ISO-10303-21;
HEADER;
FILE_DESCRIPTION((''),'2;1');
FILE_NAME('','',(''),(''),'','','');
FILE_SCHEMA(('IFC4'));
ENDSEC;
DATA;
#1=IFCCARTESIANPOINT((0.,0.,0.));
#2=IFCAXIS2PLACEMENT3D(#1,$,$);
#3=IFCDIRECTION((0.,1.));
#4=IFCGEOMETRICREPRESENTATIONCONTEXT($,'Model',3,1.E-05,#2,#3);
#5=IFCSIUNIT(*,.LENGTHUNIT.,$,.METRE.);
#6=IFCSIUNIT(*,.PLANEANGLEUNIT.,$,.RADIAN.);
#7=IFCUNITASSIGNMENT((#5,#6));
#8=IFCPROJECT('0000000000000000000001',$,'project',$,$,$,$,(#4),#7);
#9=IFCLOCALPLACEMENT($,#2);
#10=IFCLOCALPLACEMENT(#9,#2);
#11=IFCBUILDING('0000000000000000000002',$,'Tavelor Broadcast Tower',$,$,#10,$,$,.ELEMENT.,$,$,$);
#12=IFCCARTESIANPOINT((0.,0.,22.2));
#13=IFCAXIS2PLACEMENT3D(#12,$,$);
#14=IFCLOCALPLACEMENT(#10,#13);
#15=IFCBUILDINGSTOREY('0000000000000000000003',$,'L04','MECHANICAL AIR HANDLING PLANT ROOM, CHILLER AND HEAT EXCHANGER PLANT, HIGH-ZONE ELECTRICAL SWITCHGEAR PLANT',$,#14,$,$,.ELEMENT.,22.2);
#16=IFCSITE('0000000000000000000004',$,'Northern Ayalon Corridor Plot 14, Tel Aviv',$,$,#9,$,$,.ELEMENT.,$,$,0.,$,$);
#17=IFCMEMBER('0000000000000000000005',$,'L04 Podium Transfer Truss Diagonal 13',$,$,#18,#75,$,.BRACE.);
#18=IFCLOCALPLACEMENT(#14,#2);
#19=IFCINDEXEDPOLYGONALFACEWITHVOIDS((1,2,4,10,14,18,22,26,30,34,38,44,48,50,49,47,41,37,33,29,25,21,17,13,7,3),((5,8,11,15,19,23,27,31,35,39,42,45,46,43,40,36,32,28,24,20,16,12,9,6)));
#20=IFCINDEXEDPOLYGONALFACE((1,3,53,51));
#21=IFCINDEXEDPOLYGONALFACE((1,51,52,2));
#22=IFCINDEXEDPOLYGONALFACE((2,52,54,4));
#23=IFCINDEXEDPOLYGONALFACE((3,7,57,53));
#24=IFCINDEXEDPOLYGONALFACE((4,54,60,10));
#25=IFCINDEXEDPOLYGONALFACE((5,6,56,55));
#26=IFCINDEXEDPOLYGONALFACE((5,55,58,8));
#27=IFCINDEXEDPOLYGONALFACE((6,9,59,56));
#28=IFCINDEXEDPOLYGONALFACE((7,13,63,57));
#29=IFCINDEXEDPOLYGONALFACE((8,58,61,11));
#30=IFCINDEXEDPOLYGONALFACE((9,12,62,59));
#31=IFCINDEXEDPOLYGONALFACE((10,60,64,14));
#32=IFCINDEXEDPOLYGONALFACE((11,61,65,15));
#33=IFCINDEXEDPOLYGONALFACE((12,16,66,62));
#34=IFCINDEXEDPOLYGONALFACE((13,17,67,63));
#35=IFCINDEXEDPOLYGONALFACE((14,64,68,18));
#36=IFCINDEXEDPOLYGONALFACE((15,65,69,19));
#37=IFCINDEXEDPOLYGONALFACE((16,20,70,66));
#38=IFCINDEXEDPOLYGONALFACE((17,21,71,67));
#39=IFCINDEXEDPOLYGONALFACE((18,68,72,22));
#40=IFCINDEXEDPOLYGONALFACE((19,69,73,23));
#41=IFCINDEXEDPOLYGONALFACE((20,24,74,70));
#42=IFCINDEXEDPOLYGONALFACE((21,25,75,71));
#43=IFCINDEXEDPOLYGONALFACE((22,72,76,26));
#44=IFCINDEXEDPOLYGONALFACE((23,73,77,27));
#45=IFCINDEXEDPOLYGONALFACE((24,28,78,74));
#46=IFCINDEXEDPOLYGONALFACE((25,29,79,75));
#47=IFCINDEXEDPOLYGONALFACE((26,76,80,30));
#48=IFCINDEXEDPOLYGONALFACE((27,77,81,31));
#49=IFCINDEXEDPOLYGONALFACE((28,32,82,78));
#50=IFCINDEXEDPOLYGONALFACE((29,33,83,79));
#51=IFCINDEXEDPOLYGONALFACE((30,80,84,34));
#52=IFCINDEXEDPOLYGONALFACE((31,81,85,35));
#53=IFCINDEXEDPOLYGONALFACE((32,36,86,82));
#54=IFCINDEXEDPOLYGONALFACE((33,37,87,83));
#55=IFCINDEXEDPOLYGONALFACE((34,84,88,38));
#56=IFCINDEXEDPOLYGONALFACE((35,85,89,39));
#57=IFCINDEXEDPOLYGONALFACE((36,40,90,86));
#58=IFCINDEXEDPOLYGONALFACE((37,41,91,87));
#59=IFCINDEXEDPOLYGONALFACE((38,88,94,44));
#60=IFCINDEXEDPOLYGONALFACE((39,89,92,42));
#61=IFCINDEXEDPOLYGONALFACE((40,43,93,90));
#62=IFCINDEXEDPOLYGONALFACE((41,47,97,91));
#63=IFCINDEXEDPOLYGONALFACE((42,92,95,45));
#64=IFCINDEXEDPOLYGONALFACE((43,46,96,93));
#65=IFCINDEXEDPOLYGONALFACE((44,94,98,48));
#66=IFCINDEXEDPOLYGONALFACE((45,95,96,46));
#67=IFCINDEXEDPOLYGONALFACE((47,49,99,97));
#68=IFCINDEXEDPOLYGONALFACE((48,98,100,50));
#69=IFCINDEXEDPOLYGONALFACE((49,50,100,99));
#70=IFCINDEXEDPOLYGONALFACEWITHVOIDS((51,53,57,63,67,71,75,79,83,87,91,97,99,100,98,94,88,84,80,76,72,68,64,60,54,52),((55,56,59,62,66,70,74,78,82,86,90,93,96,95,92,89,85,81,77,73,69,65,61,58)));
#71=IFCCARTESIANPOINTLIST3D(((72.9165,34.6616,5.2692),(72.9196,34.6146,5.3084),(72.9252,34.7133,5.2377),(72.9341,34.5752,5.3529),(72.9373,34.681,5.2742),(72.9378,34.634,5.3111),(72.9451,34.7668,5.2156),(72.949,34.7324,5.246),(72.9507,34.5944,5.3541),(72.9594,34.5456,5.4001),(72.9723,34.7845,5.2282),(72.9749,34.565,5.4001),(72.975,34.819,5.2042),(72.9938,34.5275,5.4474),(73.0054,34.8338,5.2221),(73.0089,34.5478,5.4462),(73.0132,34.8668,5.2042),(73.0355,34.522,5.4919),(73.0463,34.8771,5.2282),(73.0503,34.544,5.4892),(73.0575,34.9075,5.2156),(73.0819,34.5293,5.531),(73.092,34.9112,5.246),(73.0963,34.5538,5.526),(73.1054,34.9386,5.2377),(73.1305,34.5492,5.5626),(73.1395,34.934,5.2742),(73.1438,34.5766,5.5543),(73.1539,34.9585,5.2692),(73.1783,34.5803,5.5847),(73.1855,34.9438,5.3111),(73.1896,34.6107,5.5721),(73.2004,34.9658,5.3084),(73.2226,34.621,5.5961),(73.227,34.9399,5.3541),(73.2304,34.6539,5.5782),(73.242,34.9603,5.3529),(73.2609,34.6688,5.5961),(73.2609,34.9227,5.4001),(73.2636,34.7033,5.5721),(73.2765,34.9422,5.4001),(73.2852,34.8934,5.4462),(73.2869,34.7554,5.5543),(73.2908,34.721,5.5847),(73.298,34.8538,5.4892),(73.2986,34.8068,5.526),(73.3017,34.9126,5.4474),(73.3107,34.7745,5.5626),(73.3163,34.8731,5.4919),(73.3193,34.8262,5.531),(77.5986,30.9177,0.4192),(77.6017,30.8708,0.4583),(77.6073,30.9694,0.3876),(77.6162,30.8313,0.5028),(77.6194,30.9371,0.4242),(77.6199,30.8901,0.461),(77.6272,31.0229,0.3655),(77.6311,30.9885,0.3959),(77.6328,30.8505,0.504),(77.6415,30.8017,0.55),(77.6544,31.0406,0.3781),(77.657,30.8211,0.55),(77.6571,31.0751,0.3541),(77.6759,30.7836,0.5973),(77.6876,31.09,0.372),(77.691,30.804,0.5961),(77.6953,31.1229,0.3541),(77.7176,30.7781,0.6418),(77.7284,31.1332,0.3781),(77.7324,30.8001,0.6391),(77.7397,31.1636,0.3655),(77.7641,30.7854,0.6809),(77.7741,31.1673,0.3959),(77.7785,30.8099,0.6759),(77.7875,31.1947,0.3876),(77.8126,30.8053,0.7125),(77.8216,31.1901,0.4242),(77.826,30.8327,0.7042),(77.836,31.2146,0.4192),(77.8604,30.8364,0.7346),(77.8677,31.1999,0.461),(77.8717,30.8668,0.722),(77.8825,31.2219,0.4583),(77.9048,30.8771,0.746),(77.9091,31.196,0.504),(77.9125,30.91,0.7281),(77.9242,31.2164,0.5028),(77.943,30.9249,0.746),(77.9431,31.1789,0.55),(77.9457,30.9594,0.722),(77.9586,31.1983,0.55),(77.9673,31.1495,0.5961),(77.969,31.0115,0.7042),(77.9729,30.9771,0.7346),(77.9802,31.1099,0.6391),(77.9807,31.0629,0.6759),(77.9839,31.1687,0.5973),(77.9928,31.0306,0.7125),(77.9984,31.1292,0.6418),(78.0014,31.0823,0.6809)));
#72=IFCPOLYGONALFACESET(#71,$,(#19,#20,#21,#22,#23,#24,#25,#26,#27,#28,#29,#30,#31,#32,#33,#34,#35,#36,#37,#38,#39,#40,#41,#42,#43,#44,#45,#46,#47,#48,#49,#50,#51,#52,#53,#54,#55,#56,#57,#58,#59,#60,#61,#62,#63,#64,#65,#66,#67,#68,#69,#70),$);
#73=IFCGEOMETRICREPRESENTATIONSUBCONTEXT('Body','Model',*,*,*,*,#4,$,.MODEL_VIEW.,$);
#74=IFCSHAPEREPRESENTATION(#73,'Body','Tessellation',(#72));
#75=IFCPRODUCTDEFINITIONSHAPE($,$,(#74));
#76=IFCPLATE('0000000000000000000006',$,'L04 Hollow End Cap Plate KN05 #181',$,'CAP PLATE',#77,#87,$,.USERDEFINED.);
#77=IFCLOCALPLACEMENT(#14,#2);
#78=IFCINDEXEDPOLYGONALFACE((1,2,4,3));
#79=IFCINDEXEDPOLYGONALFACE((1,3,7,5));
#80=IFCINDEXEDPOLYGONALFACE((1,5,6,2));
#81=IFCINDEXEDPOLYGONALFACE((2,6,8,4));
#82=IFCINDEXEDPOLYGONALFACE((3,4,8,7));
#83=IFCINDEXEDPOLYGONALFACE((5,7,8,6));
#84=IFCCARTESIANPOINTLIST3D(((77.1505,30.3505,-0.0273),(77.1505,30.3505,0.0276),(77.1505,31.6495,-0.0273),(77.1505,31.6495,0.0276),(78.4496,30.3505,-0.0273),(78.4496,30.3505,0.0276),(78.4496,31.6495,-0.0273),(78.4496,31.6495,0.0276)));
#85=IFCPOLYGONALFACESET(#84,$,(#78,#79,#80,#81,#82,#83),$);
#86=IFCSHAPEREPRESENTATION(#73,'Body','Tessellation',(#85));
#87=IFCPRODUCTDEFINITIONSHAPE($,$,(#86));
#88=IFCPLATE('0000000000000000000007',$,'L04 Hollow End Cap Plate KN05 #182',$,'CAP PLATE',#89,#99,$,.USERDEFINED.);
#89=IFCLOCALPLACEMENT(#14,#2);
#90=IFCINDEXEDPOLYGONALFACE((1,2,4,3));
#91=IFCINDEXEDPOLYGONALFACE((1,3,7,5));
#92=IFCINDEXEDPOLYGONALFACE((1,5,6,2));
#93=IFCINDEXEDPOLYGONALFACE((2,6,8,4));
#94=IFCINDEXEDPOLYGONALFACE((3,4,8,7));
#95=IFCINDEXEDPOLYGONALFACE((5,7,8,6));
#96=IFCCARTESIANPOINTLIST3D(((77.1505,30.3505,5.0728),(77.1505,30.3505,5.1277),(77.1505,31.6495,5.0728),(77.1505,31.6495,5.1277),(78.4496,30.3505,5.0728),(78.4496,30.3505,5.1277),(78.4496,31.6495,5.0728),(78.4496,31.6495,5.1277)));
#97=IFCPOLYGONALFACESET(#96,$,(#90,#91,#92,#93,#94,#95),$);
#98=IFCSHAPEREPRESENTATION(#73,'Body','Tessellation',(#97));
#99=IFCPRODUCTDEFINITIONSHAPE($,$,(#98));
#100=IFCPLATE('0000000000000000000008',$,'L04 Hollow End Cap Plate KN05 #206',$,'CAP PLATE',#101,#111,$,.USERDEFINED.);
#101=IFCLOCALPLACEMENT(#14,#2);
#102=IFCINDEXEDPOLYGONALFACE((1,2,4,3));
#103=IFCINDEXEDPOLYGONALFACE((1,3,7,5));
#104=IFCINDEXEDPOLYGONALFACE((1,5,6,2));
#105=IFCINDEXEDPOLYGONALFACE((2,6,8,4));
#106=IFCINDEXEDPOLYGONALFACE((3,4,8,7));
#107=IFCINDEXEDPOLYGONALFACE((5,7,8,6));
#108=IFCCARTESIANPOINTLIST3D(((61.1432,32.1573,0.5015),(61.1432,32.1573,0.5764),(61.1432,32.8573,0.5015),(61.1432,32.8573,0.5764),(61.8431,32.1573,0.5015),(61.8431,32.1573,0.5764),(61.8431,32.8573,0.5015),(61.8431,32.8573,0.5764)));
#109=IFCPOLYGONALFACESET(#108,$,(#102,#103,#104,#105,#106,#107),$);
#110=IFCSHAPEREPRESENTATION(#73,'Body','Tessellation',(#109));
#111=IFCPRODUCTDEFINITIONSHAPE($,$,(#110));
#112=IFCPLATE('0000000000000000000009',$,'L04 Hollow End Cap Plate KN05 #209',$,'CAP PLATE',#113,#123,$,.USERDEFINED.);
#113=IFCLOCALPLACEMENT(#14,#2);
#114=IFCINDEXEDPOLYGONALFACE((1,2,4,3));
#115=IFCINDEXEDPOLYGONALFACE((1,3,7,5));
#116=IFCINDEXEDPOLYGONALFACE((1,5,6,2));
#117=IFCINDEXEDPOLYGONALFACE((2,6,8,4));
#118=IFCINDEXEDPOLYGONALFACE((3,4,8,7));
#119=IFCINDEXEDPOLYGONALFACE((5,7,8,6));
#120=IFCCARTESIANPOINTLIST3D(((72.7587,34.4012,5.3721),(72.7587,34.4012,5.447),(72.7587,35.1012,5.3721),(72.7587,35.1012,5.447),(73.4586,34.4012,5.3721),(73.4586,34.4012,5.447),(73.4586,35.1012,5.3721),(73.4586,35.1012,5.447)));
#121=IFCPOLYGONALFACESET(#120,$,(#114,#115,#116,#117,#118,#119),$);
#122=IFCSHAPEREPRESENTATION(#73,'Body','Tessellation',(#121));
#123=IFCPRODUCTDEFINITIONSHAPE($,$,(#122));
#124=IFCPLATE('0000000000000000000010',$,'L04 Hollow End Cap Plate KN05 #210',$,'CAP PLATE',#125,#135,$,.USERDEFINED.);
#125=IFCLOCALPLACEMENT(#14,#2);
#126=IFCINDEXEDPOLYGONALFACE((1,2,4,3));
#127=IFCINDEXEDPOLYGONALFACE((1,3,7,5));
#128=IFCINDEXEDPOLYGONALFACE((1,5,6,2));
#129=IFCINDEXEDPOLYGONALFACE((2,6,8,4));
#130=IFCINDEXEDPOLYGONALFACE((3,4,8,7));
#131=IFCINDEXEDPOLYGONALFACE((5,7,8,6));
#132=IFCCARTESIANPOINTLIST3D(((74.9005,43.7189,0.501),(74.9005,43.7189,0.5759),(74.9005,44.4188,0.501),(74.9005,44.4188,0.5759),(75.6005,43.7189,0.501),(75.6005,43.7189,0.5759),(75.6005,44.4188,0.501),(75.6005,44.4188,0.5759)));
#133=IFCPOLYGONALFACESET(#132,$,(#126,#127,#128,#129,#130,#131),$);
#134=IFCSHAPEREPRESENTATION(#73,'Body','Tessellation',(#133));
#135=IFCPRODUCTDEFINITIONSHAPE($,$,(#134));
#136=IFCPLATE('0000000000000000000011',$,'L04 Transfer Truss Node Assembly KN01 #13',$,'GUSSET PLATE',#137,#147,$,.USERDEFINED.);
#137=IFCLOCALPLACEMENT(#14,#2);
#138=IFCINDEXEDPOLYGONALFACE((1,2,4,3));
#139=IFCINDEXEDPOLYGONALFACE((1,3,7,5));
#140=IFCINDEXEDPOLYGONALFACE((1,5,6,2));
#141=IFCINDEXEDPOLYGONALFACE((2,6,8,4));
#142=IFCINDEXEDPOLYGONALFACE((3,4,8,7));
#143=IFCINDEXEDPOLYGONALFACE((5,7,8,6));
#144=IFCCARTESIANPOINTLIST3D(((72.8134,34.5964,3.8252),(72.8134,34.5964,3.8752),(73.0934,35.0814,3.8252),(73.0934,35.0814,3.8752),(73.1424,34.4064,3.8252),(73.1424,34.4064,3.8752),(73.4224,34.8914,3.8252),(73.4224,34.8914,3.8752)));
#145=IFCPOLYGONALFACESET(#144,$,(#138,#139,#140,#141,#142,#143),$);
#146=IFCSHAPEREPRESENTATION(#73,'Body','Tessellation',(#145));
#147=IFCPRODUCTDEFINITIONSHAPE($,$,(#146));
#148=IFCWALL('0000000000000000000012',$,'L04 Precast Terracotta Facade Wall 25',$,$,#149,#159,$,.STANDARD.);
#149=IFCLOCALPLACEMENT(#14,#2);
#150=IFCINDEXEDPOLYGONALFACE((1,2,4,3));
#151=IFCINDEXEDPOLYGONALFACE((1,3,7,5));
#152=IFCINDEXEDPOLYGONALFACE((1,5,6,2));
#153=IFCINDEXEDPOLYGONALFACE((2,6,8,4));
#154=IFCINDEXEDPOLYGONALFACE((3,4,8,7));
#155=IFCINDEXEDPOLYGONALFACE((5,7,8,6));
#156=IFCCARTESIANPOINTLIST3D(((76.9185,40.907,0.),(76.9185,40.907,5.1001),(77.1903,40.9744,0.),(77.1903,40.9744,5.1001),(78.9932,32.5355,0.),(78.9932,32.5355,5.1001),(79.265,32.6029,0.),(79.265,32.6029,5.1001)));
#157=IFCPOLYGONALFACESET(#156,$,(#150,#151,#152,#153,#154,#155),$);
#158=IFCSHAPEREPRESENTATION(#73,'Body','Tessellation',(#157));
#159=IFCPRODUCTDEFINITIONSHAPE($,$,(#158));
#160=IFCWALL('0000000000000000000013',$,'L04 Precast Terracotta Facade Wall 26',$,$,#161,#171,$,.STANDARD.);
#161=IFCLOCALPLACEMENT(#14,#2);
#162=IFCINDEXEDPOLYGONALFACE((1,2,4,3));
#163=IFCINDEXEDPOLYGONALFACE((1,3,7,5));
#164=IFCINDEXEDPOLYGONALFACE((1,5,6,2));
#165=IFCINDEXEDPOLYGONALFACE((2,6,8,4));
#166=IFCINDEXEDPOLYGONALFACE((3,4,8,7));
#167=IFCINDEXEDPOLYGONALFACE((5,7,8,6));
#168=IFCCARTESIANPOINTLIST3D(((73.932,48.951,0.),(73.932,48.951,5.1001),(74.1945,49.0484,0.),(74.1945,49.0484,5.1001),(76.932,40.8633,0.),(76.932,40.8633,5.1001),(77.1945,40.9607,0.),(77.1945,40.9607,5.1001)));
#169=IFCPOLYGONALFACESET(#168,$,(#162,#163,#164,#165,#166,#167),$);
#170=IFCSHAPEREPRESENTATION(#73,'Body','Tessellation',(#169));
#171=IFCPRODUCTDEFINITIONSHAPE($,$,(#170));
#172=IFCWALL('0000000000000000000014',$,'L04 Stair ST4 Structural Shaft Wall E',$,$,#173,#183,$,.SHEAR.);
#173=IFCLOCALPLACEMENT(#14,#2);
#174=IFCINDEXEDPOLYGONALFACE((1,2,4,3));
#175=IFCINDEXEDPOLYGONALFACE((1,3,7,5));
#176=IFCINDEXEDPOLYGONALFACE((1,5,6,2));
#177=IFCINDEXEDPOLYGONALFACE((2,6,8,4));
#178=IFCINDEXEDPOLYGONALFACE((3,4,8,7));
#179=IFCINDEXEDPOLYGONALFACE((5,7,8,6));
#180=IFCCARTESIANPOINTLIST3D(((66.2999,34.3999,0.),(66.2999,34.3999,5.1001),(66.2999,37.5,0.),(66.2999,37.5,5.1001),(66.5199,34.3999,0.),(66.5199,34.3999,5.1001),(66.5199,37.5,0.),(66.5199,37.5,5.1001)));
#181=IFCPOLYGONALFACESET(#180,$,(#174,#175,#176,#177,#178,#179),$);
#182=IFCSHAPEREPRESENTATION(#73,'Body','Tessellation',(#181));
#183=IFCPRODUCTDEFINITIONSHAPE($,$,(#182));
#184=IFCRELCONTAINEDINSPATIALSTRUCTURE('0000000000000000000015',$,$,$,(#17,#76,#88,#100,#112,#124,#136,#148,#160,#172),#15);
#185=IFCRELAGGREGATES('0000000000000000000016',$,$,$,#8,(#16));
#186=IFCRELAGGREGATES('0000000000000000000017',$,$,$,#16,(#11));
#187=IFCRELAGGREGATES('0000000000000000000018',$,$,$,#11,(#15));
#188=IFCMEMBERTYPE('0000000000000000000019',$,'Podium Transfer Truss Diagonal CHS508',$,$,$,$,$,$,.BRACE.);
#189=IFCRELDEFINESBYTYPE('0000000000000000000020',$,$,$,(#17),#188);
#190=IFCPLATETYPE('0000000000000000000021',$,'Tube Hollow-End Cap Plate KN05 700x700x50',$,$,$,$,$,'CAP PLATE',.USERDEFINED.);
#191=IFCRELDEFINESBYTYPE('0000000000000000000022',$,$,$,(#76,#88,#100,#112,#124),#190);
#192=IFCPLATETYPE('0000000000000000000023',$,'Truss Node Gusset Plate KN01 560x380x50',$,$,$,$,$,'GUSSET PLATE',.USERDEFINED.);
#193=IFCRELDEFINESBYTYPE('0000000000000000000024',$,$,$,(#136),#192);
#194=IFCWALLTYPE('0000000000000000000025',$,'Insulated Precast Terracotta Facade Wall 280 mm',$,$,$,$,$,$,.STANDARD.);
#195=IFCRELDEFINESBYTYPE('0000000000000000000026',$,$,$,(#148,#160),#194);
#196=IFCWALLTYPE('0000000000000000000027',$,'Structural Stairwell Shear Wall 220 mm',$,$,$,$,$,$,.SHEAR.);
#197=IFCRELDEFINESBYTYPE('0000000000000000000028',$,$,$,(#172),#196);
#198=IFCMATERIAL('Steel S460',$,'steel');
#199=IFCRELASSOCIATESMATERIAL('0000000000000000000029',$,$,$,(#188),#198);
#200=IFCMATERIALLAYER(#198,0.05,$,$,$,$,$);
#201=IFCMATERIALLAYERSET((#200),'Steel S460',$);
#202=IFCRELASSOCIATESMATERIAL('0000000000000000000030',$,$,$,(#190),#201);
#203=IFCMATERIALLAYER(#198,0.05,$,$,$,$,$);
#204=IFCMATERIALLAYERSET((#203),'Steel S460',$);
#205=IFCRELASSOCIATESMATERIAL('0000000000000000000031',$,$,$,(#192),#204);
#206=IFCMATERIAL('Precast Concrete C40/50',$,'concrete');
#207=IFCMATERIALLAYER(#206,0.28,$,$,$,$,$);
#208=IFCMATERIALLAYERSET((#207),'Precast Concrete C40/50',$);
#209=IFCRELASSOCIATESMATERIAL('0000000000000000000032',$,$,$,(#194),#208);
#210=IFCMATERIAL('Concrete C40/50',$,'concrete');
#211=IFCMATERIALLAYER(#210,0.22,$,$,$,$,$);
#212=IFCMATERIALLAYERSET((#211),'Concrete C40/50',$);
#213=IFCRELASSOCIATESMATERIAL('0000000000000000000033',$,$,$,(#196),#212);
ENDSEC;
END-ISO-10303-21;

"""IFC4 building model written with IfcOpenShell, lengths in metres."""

from ifc_helpers import new_model, si_unit, direction, frame, frame_2d, origin, origin_2d, place, context, subcontext, project, spatial, rectangle, hollow_circle, extrude, source, transform, mapped, material, layer, layer_set, material_profile, profile_set, type_object, type_shapes, element, save


model = new_model("IFC4")

# Units and contexts
model_context = context("Model", 3, precision=1e-05, world=origin(), true_north=direction((0.0, 1.0)))
body_context = subcontext(model_context, "Body", "Model", "MODEL_VIEW")
ifc_project = project(units=[si_unit("LENGTHUNIT", "METRE"), si_unit("PLANEANGLEUNIT", "RADIAN")], contexts=[model_context])

# Site, building, storey
site_placement = place(None, origin())
site = spatial("IfcSite", under=ifc_project, at=site_placement, Name="Northern Ayalon Corridor Plot 14, Tel Aviv", CompositionType="ELEMENT", RefElevation=0.0)
building_placement = place(site_placement, origin())
building = spatial("IfcBuilding", under=site, at=building_placement, Name="Tavelor Broadcast Tower", CompositionType="ELEMENT")
storey_placement = place(building_placement, frame((0.0, 0.0, 22.2)))
storey = spatial("IfcBuildingStorey", under=building, at=storey_placement, Name="L04", Description="MECHANICAL AIR HANDLING PLANT ROOM, CHILLER AND HEAT EXCHANGER PLANT, HIGH-ZONE ELECTRICAL SWITCHGEAR PLANT", CompositionType="ELEMENT", Elevation=22.2)

# Shared definitions
ifc_material_1 = material(Name="Steel S460", Category="steel")

# Member
ifc_material_profile_1 = material_profile(ifc_material_1, hollow_circle(Radius=0.2539, WallThickness=0.0249, at=origin_2d()), Name="CHS 508x25")
ifc_profile_set_1 = profile_set([ifc_material_profile_1], Name="Steel S460")
member_type = type_object("IfcMemberType", Name="Podium Transfer Truss Diagonal CHS508", PredefinedType="BRACE", material=ifc_profile_set_1)
member_1_placement = place(storey_placement, frame((77.8, 31.0, 0.55), z_axis=(-0.607186, 0.485514, 0.628968), x_axis=(-0.624511, -0.781016, 0.0)))
element("IfcMember", 1, at=member_1_placement, inside=storey, type_object=member_type, Name="L04 Podium Transfer Truss Diagonal 13", PredefinedType="BRACE", context=body_context, shape_type="SweptSolid", body=[
    extrude(hollow_circle(Radius=0.2539, WallThickness=0.0249, at=origin_2d()), origin(), (0.0, 0.0, 1.0), 7.7112),
])

# Plates
ifc_layer_1 = layer(ifc_material_1, 0.05)
ifc_layer_set_1 = layer_set([ifc_layer_1], Name="Steel S460")
plate_type_1 = type_object("IfcPlateType", Name="Tube Hollow-End Cap Plate KN05 700x700x50", ElementType="CAP PLATE", PredefinedType="USERDEFINED", material=ifc_layer_set_1)
shared_shape_1 = source(origin(), body_context, "Body", "SweptSolid", [
    extrude(rectangle(XDim=1.2991, YDim=1.2991, at=origin_2d()), origin(), (0.0, 0.0, 1.0), 0.0549),
])
for number, where, z_axis, x_axis, name in (
    (2, (77.8, 31.0, -0.0273), (0.0, 0.0, 1.0), (1.0, 0.0, 0.0), "L04 Hollow End Cap Plate KN05 #181"),
    (3, (77.8, 31.0, 5.0728), (0.0, 0.0, 1.0), (1.0, 0.0, 0.0), "L04 Hollow End Cap Plate KN05 #182"),
):
    element("IfcPlate", number, at=place(storey_placement, frame(where, z_axis=z_axis, x_axis=x_axis)), inside=storey, type_object=plate_type_1, Name=name, ObjectType="CAP PLATE", PredefinedType="USERDEFINED", context=body_context, shape_type="MappedRepresentation", body=[
        mapped(shared_shape_1, transform((0.0, 0.0, 0.0), scale=1.0)),
    ])
shared_shape_2 = source(origin(), body_context, "Body", "SweptSolid", [
    extrude(rectangle(XDim=0.7, YDim=0.7, at=origin_2d()), origin(), (0.0, 0.0, 1.0), 0.075),
])
type_shapes(plate_type_1, [shared_shape_1, shared_shape_2])
for number, where, z_axis, x_axis, name in (
    (4, (61.4932, 32.5073, 0.5015), (0.0, 0.0, 1.0), (1.0, 0.0, 0.0), "L04 Hollow End Cap Plate KN05 #206"),
    (5, (73.1086, 34.7512, 5.3721), (0.0, 0.0, 1.0), (1.0, 0.0, 0.0), "L04 Hollow End Cap Plate KN05 #209"),
    (6, (75.2505, 44.0688, 0.501), (0.0, 0.0, 1.0), (1.0, 0.0, 0.0), "L04 Hollow End Cap Plate KN05 #210"),
):
    element("IfcPlate", number, at=place(storey_placement, frame(where, z_axis=z_axis, x_axis=x_axis)), inside=storey, type_object=plate_type_1, Name=name, ObjectType="CAP PLATE", PredefinedType="USERDEFINED", context=body_context, shape_type="MappedRepresentation", body=[
        mapped(shared_shape_2, transform((0.0, 0.0, 0.0), scale=1.0)),
    ])
ifc_layer_2 = layer(ifc_material_1, 0.05)
ifc_layer_set_2 = layer_set([ifc_layer_2], Name="Steel S460")
plate_type_2 = type_object("IfcPlateType", Name="Truss Node Gusset Plate KN01 560x380x50", ElementType="GUSSET PLATE", PredefinedType="USERDEFINED", material=ifc_layer_set_2)
shared_shape_3 = source(origin(), body_context, "Body", "SweptSolid", [
    extrude(rectangle(XDim=0.5601, YDim=0.3799, at=origin_2d()), origin(), (0.0, 0.0, 1.0), 0.05),
])
type_shapes(plate_type_2, [shared_shape_3])
plate_placement = place(storey_placement, frame((73.1179, 34.7439, 3.8252), z_axis=(0.0, 0.0, 1.0), x_axis=(-0.5, -0.866025, 0.0)))
element("IfcPlate", 7, at=plate_placement, inside=storey, type_object=plate_type_2, Name="L04 Transfer Truss Node Assembly KN01 #13", ObjectType="GUSSET PLATE", PredefinedType="USERDEFINED", context=body_context, shape_type="MappedRepresentation", body=[
    mapped(shared_shape_3, transform((0.0, 0.0, 0.0), scale=1.0)),
])

# Walls
ifc_material_2 = material(Name="Precast Concrete C40/50", Category="concrete")
ifc_layer_3 = layer(ifc_material_2, 0.28)
ifc_layer_set_3 = layer_set([ifc_layer_3], Name="Precast Concrete C40/50")
wall_type_1 = type_object("IfcWallType", Name="Insulated Precast Terracotta Facade Wall 280 mm", PredefinedType="STANDARD", material=ifc_layer_set_3)
wall_1_placement = place(storey_placement, frame((79.1292, 32.5691, 0.0), z_axis=(0.0, 0.0, 1.0), x_axis=(-0.24055, 0.970637, 0.0)))
element("IfcWall", 8, at=wall_1_placement, inside=storey, type_object=wall_type_1, Name="L04 Precast Terracotta Facade Wall 25", PredefinedType="STANDARD", context=body_context, shape_type="SweptSolid", body=[
    extrude(rectangle(XDim=8.6248, YDim=0.28, at=frame_2d((4.3125, 0.0))), origin(), (0.0, 0.0, 1.0), 5.1001),
])
wall_2_placement = place(storey_placement, frame((77.0632, 40.9121, 0.0), z_axis=(0.0, 0.0, 1.0), x_axis=(-0.347781, 0.937576, 0.0)))
element("IfcWall", 9, at=wall_2_placement, inside=storey, type_object=wall_type_1, Name="L04 Precast Terracotta Facade Wall 26", PredefinedType="STANDARD", context=body_context, shape_type="SweptSolid", body=[
    extrude(rectangle(XDim=8.6262, YDim=0.28, at=frame_2d((4.313, 0.0))), origin(), (0.0, 0.0, 1.0), 5.1001),
])
ifc_material_3 = material(Name="Concrete C40/50", Category="concrete")
ifc_layer_4 = layer(ifc_material_3, 0.22)
ifc_layer_set_4 = layer_set([ifc_layer_4], Name="Concrete C40/50")
wall_type_2 = type_object("IfcWallType", Name="Structural Stairwell Shear Wall 220 mm", PredefinedType="SHEAR", material=ifc_layer_set_4)
wall_3_placement = place(storey_placement, frame((66.4099, 34.3999, 0.0), z_axis=(0.0, 0.0, 1.0), x_axis=(0.0, 1.0, 0.0)))
element("IfcWall", 10, at=wall_3_placement, inside=storey, type_object=wall_type_2, Name="L04 Stair ST4 Structural Shaft Wall E", PredefinedType="SHEAR", context=body_context, shape_type="SweptSolid", body=[
    extrude(rectangle(XDim=3.1001, YDim=0.22, at=frame_2d((1.55, 0.0))), origin(), (0.0, 0.0, 1.0), 5.1001),
])

save(model, "model.ifc")
